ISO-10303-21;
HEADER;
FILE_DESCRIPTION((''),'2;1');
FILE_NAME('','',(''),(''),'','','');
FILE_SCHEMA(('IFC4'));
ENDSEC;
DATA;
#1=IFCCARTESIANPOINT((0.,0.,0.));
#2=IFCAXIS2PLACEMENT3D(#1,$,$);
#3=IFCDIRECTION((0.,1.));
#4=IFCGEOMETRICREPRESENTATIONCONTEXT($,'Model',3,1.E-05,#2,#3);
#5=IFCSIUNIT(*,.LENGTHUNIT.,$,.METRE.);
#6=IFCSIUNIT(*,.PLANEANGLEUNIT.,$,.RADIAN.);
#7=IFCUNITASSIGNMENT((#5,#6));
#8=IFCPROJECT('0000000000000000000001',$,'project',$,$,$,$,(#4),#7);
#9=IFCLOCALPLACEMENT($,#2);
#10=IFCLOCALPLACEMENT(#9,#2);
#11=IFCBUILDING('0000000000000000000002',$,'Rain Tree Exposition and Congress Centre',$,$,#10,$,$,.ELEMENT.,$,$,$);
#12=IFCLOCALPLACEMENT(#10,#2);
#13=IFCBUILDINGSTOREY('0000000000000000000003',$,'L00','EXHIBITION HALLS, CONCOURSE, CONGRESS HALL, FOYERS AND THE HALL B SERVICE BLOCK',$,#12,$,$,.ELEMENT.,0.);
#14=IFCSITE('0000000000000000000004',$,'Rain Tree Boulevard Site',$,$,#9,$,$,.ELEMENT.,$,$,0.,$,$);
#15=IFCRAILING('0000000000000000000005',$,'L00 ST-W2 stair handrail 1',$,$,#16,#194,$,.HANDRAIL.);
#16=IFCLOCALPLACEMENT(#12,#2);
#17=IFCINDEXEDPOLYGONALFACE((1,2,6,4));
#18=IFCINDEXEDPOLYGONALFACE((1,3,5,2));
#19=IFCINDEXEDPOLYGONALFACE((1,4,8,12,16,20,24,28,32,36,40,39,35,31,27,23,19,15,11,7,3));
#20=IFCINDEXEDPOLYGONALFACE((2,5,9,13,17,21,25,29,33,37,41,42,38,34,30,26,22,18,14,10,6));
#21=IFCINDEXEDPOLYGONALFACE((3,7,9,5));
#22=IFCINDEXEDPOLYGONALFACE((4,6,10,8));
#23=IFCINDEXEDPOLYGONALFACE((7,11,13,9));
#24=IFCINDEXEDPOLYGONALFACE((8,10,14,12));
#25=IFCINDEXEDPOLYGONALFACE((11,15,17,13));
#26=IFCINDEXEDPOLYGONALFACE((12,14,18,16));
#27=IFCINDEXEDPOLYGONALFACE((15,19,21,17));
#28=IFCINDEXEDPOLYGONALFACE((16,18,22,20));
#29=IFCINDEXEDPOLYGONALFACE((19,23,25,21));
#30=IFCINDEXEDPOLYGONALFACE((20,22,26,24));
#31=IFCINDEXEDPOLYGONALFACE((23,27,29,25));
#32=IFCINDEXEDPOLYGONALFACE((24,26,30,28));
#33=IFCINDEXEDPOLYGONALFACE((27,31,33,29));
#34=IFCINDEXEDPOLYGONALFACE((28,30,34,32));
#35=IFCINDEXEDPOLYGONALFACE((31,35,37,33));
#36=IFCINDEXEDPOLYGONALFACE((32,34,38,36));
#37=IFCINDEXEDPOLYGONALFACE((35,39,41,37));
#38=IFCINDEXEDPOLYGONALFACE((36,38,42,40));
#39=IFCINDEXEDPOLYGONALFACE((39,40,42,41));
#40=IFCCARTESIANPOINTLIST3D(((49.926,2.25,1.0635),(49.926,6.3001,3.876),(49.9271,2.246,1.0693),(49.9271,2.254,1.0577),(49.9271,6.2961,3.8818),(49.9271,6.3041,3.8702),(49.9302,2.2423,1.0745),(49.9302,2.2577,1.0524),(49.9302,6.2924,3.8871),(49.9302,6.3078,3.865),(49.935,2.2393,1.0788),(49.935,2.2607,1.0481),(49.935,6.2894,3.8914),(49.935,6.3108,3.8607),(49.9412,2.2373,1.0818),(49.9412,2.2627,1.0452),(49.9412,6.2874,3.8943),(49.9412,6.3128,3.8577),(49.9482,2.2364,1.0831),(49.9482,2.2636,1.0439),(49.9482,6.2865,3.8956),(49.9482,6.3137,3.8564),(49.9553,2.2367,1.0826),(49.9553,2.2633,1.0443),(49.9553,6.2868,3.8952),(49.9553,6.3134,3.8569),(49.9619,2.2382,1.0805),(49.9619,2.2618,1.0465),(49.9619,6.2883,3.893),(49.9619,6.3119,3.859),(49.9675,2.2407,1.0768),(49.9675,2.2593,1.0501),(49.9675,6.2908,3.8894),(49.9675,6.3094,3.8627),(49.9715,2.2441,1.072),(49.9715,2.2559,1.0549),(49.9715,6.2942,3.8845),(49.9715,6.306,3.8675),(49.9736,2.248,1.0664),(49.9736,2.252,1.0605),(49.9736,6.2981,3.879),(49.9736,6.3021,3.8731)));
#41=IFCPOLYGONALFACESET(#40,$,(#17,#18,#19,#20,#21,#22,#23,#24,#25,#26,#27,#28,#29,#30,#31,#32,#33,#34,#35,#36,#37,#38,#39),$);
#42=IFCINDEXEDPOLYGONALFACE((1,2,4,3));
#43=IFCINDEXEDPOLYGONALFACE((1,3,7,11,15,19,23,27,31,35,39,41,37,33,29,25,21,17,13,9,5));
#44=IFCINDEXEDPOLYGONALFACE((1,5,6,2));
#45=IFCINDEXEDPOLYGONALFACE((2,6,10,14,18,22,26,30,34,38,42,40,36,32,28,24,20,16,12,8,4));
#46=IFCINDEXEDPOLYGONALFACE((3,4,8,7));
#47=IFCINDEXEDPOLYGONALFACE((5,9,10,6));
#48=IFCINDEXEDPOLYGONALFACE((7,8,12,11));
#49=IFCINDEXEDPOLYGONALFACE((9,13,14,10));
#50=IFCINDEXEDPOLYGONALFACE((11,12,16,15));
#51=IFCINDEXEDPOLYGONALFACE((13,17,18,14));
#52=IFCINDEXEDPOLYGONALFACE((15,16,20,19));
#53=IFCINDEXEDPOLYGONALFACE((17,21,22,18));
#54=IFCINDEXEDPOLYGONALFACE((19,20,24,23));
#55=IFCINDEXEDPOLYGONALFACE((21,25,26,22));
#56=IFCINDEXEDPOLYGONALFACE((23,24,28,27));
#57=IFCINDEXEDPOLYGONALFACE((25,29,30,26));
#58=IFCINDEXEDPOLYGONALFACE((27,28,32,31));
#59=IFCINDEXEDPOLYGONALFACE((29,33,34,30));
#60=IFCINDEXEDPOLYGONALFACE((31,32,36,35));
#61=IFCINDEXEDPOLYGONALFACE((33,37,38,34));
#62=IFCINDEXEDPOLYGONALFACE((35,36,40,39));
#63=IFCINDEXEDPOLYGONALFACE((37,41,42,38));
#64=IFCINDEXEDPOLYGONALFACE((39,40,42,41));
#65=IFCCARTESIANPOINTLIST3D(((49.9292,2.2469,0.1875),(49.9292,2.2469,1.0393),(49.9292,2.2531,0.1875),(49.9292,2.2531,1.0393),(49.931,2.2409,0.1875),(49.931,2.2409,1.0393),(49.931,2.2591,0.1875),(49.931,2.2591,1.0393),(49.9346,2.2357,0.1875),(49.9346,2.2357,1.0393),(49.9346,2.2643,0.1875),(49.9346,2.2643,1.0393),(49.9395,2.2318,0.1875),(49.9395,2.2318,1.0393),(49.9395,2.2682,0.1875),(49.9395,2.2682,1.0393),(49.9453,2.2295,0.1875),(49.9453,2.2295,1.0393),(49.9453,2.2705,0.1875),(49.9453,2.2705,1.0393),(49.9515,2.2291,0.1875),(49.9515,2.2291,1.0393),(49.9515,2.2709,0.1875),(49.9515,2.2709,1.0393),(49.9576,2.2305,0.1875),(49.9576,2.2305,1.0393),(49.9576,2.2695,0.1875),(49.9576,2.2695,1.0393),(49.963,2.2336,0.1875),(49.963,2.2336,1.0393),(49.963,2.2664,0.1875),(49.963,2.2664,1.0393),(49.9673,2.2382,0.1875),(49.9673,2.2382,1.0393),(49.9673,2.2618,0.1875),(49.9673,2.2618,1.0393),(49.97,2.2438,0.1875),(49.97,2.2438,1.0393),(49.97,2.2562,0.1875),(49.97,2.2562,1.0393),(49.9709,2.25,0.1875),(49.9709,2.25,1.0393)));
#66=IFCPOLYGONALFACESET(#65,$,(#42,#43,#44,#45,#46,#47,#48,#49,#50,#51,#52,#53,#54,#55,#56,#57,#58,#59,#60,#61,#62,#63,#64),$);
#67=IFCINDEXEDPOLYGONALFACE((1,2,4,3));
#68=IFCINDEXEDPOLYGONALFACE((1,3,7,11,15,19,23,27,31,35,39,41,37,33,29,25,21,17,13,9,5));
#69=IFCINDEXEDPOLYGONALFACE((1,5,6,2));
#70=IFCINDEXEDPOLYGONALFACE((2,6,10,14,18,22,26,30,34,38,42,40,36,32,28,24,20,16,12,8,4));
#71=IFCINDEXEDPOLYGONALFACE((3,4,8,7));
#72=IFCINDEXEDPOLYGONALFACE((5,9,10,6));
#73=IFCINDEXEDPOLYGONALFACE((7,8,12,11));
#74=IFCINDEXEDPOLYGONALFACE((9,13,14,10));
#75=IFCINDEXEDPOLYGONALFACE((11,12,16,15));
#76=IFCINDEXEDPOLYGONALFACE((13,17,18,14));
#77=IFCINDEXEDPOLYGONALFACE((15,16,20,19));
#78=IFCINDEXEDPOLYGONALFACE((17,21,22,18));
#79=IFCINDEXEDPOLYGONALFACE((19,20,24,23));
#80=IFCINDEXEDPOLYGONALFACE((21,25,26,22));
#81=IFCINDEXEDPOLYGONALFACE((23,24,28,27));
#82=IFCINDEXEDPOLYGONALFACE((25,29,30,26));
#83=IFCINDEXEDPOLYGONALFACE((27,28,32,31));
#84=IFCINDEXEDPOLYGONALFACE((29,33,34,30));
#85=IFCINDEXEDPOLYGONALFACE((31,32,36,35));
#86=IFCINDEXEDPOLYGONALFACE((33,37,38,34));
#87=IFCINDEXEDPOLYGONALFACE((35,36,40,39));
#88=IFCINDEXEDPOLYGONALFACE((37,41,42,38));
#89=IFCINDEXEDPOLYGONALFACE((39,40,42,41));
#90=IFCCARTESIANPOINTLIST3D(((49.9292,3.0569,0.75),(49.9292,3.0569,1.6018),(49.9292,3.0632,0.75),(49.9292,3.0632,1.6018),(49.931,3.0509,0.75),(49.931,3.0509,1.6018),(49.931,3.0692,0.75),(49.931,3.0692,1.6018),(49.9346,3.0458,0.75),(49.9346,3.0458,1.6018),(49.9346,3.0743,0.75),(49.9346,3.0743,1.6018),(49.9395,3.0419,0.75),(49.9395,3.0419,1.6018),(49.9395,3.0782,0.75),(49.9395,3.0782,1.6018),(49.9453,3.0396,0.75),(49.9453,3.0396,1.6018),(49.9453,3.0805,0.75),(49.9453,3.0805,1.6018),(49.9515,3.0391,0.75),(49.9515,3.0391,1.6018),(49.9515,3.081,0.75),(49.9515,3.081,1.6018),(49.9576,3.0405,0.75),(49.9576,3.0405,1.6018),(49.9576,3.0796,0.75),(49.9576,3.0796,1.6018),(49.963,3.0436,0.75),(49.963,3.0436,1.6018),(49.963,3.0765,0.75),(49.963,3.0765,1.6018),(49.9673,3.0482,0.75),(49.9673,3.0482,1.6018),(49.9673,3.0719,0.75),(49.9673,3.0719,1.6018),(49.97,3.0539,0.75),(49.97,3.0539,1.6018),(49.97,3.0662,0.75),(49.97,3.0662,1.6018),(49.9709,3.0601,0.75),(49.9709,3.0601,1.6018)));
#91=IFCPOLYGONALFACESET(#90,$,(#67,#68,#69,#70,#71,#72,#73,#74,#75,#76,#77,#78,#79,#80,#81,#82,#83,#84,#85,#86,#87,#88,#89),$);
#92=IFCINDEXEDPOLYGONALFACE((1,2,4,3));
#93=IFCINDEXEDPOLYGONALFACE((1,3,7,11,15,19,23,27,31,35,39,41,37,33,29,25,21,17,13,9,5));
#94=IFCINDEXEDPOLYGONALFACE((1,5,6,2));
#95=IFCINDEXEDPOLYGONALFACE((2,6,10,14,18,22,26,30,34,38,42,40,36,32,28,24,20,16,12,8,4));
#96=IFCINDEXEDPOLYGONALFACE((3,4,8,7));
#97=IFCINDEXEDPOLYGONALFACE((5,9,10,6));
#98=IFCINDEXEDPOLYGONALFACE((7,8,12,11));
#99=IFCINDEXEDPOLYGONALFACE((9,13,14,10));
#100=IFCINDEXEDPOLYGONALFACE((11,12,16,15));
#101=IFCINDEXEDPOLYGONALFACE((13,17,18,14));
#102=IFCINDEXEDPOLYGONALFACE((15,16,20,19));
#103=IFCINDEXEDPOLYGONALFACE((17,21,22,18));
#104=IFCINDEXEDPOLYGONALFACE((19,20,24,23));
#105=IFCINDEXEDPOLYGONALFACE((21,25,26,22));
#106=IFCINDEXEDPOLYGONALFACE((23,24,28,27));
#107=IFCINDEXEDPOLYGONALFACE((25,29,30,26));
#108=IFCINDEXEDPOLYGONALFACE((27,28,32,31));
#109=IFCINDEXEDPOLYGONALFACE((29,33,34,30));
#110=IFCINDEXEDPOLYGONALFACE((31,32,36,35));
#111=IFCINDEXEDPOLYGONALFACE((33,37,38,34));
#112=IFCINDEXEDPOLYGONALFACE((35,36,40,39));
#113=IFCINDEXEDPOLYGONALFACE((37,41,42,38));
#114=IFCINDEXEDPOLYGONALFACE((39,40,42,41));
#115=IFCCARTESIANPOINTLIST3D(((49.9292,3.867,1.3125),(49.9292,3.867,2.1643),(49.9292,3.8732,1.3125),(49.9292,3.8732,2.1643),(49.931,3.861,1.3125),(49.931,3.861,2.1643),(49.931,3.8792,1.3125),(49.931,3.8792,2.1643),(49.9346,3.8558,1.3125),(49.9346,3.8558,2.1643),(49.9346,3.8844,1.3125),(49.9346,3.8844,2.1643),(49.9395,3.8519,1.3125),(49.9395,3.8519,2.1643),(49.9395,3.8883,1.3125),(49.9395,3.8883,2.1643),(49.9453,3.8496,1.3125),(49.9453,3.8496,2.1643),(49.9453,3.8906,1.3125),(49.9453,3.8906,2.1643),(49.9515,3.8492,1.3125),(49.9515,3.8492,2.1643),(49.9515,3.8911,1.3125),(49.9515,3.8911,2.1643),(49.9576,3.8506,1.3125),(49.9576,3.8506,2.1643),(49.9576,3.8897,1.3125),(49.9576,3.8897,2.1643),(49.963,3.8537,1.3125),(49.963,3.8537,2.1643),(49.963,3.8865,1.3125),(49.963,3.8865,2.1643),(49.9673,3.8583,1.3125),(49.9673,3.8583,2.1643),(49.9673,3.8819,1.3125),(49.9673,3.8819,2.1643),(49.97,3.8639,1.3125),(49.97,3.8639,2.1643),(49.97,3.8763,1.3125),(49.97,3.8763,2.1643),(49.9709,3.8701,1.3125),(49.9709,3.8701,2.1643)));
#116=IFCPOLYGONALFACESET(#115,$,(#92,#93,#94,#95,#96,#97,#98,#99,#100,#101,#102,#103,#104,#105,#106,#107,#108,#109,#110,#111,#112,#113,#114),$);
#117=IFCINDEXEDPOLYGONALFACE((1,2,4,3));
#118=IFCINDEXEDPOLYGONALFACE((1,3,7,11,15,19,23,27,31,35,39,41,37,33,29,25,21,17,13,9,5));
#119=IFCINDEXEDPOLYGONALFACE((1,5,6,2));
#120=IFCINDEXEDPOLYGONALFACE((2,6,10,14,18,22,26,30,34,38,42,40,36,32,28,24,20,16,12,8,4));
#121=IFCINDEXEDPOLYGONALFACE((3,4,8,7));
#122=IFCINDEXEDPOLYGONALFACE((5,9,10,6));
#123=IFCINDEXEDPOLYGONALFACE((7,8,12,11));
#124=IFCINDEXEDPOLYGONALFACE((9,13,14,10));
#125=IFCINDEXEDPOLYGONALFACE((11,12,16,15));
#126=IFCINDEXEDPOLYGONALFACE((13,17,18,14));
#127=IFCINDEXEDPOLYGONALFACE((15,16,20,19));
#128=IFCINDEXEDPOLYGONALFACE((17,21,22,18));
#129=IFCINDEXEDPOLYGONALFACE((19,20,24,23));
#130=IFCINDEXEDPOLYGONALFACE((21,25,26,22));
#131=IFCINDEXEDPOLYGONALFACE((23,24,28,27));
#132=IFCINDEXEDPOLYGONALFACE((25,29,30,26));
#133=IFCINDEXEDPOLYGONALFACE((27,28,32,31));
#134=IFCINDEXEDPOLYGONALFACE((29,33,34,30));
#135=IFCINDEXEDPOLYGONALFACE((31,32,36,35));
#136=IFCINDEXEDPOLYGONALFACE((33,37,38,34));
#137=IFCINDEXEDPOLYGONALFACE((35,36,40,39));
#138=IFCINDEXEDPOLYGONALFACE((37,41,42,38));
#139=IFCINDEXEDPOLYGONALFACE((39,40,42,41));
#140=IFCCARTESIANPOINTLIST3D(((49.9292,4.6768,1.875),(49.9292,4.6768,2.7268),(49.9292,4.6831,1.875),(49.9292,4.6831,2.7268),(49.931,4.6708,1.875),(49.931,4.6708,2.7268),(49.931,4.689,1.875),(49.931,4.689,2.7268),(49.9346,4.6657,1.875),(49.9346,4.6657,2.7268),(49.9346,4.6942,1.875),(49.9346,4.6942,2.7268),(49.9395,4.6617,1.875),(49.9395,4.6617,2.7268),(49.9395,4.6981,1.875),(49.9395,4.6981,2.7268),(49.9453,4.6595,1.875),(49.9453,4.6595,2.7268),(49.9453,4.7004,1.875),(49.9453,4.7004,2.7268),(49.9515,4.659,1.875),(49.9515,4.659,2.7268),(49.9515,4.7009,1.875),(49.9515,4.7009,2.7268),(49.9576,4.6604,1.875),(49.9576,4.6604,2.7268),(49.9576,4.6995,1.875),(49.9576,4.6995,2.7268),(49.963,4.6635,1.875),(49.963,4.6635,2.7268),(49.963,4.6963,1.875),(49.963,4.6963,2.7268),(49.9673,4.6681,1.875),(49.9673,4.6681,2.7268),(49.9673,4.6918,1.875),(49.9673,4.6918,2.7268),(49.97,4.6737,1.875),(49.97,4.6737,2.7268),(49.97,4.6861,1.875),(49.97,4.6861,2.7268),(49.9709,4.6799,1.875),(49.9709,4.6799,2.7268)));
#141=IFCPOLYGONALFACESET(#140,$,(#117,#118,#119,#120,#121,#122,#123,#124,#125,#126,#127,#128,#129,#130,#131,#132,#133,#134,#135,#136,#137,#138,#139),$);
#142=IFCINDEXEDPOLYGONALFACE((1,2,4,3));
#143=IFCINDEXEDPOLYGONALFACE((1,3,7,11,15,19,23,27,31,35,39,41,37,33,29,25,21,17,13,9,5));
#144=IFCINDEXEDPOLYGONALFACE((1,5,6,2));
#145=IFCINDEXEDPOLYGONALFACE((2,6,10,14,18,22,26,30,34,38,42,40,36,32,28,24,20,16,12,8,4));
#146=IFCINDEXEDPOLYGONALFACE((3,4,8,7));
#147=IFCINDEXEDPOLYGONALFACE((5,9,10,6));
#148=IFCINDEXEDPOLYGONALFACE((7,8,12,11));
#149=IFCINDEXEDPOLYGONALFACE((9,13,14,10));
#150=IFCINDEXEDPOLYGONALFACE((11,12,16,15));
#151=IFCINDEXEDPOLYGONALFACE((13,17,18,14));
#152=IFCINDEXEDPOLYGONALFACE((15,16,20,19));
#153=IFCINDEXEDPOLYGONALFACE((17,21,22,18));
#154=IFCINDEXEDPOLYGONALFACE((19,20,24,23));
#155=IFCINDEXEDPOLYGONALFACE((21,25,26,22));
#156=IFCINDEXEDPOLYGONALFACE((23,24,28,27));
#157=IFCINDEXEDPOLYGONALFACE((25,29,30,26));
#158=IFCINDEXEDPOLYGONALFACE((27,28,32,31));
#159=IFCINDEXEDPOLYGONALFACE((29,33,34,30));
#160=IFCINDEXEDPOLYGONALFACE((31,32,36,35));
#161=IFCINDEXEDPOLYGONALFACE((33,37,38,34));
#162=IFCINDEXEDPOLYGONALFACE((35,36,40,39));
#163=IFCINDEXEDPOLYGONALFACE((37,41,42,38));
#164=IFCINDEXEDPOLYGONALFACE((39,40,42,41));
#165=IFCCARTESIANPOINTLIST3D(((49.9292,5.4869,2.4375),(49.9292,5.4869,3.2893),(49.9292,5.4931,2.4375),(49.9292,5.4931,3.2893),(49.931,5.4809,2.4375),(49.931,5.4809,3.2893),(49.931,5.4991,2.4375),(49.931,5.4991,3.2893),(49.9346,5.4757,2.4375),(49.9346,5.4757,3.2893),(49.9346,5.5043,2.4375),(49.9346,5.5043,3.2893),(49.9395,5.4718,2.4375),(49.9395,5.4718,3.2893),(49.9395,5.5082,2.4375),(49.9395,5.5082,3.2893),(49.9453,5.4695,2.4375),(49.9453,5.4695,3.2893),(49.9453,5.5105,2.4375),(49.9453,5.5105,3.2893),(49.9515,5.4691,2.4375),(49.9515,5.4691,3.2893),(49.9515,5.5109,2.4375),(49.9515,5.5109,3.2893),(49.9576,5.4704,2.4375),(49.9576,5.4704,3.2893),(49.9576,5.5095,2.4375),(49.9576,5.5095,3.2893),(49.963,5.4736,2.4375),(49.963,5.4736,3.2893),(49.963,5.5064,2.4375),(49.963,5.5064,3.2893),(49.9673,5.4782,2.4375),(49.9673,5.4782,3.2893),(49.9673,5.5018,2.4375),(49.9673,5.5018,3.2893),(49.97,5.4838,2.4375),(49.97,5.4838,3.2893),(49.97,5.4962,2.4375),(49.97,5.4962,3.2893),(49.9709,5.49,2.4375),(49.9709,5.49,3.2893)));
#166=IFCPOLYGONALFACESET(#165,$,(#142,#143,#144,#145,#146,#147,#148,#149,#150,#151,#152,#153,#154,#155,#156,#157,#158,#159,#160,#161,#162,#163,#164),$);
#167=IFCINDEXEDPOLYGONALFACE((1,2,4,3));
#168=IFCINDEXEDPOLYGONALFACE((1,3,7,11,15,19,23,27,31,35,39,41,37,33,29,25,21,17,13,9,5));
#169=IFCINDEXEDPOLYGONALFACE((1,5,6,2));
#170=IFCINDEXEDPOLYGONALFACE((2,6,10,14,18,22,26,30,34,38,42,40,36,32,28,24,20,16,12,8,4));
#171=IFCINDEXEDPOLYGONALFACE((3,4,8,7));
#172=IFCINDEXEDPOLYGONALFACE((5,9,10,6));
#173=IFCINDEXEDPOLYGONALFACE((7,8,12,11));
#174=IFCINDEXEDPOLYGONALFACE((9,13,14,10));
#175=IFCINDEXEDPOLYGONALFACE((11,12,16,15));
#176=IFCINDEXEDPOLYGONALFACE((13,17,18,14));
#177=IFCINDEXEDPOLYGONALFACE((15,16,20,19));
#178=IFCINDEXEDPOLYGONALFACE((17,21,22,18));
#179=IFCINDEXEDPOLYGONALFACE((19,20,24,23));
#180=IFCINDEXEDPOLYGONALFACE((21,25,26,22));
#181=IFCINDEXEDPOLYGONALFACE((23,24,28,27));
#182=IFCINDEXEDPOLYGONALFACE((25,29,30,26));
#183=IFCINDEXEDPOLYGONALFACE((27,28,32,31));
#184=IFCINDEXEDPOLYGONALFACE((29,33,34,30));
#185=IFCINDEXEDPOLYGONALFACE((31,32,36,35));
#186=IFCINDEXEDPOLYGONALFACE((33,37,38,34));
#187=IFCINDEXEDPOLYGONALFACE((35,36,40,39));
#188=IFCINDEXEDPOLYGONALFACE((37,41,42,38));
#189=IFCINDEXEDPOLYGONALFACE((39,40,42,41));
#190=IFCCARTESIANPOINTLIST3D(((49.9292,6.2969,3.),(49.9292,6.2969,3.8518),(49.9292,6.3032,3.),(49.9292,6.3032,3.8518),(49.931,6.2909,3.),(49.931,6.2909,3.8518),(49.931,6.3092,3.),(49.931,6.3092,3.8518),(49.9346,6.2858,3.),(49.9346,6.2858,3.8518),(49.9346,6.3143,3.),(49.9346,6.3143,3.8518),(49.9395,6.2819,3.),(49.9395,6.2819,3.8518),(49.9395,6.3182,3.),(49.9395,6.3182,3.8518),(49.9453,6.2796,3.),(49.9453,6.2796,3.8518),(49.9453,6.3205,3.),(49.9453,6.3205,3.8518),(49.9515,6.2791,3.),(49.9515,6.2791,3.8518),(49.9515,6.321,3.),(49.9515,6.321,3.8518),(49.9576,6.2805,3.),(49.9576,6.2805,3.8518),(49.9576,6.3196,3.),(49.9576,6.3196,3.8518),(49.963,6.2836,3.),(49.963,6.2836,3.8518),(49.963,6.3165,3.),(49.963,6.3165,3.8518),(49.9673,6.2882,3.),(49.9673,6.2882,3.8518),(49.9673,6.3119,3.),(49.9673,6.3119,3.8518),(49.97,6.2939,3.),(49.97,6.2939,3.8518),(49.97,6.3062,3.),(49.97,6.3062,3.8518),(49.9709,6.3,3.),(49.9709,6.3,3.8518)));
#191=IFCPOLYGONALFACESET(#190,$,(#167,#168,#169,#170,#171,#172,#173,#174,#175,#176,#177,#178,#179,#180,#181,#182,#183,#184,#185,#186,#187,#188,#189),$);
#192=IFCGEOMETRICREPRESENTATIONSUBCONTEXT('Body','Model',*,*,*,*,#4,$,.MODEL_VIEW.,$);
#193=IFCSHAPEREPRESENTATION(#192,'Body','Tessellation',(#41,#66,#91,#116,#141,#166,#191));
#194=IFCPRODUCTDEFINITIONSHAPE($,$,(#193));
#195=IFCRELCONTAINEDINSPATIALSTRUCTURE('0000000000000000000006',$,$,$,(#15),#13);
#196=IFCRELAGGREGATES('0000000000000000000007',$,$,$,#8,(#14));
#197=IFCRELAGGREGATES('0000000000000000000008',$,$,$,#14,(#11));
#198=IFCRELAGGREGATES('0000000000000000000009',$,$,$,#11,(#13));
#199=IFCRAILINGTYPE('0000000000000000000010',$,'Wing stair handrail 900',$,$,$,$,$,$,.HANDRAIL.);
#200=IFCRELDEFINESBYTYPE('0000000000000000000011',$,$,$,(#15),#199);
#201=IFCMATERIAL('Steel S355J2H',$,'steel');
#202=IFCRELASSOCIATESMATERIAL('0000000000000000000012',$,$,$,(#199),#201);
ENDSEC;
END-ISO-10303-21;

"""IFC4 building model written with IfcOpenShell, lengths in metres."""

from ifc_helpers import new_model, si_unit, direction, frame, origin, origin_2d, place, context, subcontext, project, spatial, circle, extrude, material, type_object, element, save


model = new_model("IFC4")

# Units and contexts
model_context = context("Model", 3, precision=1e-05, world=origin(), true_north=direction((0.0, 1.0)))
body_context = subcontext(model_context, "Body", "Model", "MODEL_VIEW")
ifc_project = project(units=[si_unit("LENGTHUNIT", "METRE"), si_unit("PLANEANGLEUNIT", "RADIAN")], contexts=[model_context])

# Site, building, storey
site_placement = place(None, origin())
site = spatial("IfcSite", under=ifc_project, at=site_placement, Name="Rain Tree Boulevard Site", CompositionType="ELEMENT", RefElevation=0.0)
building_placement = place(site_placement, origin())
building = spatial("IfcBuilding", under=site, at=building_placement, Name="Rain Tree Exposition and Congress Centre", CompositionType="ELEMENT")
storey_placement = place(building_placement, origin())
storey = spatial("IfcBuildingStorey", under=building, at=storey_placement, Name="L00", Description="EXHIBITION HALLS, CONCOURSE, CONGRESS HALL, FOYERS AND THE HALL B SERVICE BLOCK", CompositionType="ELEMENT", Elevation=0.0)

# Railing
ifc_material_1 = material(Name="Steel S355J2H", Category="steel")
railing_type_1 = type_object("IfcRailingType", Name="Wing stair handrail 900", PredefinedType="HANDRAIL", material=ifc_material_1)
railing_1_placement = place(storey_placement, frame((49.95, 2.25, 0.1875)))
element("IfcRailing", 1, at=railing_1_placement, inside=storey, type_object=railing_type_1, Name="L00 ST-W2 stair handrail 1", PredefinedType="HANDRAIL", context=body_context, shape_type="SweptSolid", body=[
    extrude(circle(Radius=0.0239, at=origin_2d()), frame((0.0, 0.0, 0.876), z_axis=(0.0, 0.821373, 0.570391), x_axis=(-1.0, 0.0, 0.0)), (0.0, 0.0, 1.0), 4.9309),
    extrude(circle(Radius=0.021, at=origin_2d()), origin(), (0.0, 0.0, 1.0), 0.8518),
    extrude(circle(Radius=0.021, at=origin_2d()), frame((0.0, 0.8101, 0.5625)), (0.0, 0.0, 1.0), 0.8518),
    extrude(circle(Radius=0.021, at=origin_2d()), frame((0.0, 1.6201, 1.125)), (0.0, 0.0, 1.0), 0.8518),
    extrude(circle(Radius=0.021, at=origin_2d()), frame((0.0, 2.4299, 1.6875)), (0.0, 0.0, 1.0), 0.8518),
    extrude(circle(Radius=0.021, at=origin_2d()), frame((0.0, 3.24, 2.25)), (0.0, 0.0, 1.0), 0.8518),
    extrude(circle(Radius=0.021, at=origin_2d()), frame((0.0, 4.05, 2.8125)), (0.0, 0.0, 1.0), 0.8518),
])

save(model, "model.ifc")
